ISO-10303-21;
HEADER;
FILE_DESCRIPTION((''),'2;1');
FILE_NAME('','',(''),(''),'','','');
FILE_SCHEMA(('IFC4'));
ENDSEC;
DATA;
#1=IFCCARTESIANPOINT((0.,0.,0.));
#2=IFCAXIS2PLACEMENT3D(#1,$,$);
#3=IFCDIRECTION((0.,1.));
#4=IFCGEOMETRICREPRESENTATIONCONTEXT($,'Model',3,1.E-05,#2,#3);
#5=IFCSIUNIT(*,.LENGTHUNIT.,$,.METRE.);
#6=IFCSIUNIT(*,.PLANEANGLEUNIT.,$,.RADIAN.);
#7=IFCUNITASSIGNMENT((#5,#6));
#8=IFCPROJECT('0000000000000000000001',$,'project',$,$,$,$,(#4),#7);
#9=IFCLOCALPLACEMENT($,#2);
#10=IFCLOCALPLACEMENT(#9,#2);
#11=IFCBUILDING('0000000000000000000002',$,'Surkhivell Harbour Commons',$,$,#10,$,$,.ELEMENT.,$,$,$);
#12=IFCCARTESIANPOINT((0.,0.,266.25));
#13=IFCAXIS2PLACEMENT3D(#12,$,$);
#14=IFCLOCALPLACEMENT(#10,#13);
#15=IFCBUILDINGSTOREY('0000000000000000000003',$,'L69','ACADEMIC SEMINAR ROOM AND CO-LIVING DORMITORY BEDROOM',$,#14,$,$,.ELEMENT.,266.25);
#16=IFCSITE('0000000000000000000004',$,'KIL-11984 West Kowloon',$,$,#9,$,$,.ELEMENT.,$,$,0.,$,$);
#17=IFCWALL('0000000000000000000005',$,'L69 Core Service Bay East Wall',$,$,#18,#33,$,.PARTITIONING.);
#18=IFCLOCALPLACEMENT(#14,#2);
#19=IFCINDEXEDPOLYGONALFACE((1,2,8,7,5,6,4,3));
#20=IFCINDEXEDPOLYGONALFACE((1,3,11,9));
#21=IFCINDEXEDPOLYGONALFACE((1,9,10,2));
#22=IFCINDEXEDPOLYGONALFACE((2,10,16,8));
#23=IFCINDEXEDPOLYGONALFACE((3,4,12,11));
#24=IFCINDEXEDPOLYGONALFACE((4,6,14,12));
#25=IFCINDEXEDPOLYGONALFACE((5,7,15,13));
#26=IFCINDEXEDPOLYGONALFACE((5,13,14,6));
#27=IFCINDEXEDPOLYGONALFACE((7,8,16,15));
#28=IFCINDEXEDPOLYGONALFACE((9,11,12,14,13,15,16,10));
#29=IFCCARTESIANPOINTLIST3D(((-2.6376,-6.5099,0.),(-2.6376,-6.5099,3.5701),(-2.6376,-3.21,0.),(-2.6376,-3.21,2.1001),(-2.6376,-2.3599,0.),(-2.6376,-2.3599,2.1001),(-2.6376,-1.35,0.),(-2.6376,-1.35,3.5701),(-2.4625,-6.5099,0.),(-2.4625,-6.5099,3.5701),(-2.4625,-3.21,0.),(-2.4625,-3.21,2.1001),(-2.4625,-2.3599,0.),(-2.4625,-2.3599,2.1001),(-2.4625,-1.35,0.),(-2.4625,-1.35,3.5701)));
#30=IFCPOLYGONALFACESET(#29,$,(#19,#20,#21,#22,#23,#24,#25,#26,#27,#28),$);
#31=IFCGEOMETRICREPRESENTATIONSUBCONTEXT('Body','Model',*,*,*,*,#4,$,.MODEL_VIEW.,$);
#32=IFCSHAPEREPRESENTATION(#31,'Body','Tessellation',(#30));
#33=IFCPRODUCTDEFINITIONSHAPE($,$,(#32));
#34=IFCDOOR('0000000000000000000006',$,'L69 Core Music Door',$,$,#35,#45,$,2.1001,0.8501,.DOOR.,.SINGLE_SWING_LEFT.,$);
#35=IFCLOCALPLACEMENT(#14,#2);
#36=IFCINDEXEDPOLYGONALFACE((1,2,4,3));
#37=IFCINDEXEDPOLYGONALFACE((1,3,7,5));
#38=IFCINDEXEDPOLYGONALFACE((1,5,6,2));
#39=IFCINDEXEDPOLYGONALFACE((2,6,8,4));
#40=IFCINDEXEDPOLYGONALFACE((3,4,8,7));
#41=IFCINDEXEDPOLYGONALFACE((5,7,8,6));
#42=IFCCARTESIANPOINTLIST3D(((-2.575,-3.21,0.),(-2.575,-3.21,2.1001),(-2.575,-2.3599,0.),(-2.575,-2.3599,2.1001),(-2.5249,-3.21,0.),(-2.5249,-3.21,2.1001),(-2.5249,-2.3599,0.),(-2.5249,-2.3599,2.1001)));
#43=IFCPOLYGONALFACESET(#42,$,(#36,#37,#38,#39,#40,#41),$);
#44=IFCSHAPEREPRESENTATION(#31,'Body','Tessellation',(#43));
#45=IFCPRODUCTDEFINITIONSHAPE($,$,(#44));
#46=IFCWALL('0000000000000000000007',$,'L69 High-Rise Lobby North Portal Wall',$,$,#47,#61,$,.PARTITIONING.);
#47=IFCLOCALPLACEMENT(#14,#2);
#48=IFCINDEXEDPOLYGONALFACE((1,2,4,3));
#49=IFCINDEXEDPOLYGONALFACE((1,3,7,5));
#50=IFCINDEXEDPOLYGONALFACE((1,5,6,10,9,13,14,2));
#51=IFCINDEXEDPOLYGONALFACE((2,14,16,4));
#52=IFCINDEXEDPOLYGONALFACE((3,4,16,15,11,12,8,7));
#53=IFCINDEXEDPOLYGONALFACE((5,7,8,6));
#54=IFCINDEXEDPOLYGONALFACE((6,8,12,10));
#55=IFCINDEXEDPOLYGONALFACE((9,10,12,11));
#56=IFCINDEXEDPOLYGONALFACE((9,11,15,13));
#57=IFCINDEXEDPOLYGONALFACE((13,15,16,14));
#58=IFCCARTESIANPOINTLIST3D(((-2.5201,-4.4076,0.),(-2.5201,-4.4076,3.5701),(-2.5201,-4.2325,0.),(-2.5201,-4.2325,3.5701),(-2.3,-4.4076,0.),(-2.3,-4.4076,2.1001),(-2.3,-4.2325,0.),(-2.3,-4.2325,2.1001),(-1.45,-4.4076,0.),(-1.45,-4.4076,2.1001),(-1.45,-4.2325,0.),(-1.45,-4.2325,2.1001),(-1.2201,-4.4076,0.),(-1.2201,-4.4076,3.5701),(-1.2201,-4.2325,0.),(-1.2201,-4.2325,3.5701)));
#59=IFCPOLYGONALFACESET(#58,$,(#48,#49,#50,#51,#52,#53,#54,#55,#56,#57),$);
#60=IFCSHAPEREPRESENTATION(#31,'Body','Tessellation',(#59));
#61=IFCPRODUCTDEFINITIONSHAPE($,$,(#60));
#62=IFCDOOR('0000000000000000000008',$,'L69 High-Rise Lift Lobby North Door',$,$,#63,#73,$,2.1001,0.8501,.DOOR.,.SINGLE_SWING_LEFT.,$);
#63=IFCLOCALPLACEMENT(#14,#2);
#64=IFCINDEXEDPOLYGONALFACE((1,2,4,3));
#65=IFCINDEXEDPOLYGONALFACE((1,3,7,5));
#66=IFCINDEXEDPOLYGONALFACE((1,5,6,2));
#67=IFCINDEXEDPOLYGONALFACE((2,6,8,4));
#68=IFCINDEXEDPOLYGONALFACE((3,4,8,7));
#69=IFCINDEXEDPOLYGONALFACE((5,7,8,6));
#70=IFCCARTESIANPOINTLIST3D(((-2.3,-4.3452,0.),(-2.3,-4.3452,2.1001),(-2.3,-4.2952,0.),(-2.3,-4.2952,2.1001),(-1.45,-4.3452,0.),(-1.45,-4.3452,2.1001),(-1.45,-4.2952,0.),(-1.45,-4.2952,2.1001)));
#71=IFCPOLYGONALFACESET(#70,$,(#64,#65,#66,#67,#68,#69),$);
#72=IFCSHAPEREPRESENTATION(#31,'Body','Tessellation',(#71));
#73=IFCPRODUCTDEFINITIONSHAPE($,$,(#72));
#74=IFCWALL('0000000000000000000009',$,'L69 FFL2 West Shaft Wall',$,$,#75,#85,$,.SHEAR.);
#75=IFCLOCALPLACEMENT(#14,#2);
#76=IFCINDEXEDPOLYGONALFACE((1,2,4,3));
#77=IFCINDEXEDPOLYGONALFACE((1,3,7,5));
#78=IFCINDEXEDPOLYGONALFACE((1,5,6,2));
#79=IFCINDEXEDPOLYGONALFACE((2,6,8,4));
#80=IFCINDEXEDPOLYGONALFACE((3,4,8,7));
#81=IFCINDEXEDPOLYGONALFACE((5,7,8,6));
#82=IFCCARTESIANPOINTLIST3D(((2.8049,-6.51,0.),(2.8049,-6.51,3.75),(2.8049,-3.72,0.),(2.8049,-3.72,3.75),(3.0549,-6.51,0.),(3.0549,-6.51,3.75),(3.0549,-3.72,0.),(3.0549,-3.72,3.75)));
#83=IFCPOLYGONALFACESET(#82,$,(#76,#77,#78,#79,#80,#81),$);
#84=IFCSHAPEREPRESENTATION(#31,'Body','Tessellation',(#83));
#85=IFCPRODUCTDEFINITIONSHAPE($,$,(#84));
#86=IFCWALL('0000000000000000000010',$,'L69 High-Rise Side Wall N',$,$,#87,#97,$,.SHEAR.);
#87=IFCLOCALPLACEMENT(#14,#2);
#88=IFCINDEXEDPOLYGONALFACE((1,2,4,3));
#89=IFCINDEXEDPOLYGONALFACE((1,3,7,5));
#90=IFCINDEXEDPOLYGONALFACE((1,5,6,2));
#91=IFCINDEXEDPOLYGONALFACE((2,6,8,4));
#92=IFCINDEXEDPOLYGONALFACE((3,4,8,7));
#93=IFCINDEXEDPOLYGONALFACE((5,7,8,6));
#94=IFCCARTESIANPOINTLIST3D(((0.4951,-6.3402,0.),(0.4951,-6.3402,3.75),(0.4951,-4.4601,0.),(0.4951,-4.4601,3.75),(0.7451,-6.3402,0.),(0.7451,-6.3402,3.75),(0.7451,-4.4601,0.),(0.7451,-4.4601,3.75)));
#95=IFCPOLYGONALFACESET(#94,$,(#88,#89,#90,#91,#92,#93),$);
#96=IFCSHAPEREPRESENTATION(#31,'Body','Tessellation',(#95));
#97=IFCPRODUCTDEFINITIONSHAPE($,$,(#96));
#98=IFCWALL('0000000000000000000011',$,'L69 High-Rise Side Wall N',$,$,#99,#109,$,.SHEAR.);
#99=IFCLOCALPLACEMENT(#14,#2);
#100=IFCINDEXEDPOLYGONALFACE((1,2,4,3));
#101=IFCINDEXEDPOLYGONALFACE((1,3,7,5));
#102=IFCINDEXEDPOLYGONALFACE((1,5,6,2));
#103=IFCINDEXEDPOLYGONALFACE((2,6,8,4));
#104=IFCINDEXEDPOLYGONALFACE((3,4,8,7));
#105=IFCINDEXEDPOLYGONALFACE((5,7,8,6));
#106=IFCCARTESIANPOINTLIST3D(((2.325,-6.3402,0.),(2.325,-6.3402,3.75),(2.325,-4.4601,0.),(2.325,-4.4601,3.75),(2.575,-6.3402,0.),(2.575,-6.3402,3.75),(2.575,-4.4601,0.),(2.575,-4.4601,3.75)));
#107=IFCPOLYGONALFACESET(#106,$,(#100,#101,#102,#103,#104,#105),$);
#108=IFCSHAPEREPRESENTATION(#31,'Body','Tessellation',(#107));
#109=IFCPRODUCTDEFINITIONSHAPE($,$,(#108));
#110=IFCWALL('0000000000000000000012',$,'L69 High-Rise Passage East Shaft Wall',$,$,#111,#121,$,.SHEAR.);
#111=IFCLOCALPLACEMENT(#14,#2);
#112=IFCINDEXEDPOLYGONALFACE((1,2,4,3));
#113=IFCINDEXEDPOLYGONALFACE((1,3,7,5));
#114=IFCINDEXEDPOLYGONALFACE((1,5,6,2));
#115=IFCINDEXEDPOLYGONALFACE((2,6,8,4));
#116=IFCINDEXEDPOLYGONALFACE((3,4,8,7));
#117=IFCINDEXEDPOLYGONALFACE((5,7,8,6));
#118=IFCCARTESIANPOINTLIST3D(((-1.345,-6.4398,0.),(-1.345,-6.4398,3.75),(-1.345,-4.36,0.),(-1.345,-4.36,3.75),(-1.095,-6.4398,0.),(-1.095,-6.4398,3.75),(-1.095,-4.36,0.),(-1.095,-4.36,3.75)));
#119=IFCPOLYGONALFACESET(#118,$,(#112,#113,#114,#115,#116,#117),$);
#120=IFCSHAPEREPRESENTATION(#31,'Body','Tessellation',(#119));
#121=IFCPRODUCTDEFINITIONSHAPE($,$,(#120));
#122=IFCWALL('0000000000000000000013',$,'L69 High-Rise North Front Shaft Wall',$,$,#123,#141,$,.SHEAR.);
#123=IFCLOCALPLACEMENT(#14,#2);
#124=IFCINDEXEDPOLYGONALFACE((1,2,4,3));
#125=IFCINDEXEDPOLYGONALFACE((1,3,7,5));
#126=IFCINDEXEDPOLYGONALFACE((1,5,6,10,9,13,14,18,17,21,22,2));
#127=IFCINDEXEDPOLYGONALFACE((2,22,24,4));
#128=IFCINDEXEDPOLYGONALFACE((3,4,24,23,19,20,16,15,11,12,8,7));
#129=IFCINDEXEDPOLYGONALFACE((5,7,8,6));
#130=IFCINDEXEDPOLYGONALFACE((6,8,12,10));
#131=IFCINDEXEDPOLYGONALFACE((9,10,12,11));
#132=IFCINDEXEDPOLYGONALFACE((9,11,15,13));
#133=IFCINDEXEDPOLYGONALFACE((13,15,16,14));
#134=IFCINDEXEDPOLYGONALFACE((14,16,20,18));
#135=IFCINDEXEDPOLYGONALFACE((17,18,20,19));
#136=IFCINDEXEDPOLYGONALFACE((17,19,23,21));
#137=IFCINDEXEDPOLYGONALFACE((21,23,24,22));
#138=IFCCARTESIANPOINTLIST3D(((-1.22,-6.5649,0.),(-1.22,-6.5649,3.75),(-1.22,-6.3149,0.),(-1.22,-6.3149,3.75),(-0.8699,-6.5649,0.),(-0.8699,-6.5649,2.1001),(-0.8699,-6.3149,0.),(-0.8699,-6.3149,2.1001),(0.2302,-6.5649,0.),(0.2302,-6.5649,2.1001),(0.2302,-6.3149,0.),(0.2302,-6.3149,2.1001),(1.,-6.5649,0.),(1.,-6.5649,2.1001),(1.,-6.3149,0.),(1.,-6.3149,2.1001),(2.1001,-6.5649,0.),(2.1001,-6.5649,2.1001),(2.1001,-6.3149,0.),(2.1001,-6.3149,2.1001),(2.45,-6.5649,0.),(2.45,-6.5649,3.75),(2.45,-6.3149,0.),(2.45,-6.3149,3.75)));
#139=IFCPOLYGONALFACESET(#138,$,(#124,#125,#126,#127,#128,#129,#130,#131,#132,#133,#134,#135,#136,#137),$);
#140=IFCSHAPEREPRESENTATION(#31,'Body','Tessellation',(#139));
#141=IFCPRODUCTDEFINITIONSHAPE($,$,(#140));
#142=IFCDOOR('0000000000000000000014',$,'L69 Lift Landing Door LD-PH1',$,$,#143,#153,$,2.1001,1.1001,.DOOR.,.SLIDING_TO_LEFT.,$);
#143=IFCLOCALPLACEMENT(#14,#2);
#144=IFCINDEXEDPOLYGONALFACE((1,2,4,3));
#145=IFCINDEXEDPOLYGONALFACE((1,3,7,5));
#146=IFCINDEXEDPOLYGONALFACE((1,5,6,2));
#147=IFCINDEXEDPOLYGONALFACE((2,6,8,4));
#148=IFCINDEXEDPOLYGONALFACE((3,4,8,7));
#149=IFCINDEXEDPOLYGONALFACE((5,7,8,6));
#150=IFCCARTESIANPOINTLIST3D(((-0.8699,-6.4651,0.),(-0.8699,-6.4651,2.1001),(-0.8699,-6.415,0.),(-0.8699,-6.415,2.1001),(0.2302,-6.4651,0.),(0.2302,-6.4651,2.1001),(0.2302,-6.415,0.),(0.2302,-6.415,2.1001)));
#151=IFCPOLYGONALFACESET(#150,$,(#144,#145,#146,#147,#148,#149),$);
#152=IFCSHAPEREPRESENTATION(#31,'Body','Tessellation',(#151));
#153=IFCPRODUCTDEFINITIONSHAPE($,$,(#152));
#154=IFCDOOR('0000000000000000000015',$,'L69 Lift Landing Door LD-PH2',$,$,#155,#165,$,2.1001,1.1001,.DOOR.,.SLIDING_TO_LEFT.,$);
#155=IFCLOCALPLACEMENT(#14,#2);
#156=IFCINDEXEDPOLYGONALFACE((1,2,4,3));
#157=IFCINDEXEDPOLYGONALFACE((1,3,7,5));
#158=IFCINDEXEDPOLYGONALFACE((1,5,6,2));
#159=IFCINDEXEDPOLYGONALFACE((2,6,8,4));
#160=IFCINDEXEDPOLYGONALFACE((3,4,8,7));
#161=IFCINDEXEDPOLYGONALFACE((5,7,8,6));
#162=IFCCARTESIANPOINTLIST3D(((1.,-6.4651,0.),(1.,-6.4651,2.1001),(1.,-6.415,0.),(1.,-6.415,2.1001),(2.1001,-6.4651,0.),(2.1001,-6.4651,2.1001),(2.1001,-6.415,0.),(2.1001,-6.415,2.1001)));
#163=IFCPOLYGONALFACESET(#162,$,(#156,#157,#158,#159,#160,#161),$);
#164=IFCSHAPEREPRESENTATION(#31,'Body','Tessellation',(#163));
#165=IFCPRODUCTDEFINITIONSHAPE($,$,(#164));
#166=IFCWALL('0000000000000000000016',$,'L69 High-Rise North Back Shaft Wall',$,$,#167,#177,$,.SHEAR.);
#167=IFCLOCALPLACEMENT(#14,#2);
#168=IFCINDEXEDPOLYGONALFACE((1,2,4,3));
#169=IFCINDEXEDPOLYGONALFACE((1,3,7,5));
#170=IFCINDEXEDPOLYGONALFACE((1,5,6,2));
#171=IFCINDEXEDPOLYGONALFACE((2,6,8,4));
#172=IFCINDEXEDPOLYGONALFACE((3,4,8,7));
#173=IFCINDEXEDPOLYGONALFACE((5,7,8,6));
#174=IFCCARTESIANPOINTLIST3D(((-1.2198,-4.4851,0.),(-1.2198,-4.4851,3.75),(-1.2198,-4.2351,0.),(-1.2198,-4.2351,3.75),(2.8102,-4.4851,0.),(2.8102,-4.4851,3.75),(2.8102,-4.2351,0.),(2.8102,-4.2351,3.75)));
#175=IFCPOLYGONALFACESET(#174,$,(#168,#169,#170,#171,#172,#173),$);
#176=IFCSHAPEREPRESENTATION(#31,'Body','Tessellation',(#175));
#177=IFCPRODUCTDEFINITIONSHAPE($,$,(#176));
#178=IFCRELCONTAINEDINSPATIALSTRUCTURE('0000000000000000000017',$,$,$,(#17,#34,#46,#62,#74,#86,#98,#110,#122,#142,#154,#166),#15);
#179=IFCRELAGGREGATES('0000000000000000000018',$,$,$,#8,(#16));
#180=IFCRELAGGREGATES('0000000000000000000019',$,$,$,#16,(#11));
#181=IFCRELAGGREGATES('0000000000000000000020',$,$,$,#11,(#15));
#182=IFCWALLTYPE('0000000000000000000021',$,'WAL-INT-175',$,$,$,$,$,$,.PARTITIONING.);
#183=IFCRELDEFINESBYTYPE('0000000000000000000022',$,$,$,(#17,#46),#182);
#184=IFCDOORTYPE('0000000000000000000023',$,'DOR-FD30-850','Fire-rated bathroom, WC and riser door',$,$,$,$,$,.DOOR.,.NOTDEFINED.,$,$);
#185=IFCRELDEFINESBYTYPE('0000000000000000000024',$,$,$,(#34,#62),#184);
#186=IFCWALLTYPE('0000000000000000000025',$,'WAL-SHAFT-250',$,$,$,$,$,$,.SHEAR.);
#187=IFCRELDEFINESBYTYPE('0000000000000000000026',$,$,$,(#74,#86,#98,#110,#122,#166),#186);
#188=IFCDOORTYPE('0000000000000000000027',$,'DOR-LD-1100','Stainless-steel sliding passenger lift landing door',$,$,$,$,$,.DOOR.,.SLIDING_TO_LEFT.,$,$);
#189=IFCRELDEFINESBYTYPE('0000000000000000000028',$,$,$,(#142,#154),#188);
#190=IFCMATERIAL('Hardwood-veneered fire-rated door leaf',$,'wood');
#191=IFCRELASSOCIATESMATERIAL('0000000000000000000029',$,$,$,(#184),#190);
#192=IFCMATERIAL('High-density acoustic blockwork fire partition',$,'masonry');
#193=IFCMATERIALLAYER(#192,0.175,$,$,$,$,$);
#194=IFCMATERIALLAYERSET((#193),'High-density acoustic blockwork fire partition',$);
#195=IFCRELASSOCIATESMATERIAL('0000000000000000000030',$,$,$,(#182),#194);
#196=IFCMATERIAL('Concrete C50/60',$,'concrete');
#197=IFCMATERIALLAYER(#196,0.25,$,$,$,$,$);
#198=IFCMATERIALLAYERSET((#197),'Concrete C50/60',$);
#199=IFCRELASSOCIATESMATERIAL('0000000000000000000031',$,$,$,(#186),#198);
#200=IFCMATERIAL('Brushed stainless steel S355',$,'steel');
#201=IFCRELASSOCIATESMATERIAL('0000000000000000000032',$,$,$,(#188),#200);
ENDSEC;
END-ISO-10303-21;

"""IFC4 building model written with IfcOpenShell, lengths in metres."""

from ifc_helpers import new_model, si_unit, direction, frame, frame_2d, origin, place, context, subcontext, project, spatial, rectangle, extrude, material, layer, layer_set, type_object, element, fill, save


model = new_model("IFC4")

# Units and contexts
model_context = context("Model", 3, precision=1e-05, world=origin(), true_north=direction((0.0, 1.0)))
body_context = subcontext(model_context, "Body", "Model", "MODEL_VIEW")
ifc_project = project(units=[si_unit("LENGTHUNIT", "METRE"), si_unit("PLANEANGLEUNIT", "RADIAN")], contexts=[model_context])

# Site, building, storey
site_placement = place(None, origin())
site = spatial("IfcSite", under=ifc_project, at=site_placement, Name="KIL-11984 West Kowloon", CompositionType="ELEMENT", RefElevation=0.0)
building_placement = place(site_placement, origin())
building = spatial("IfcBuilding", under=site, at=building_placement, Name="Surkhivell Harbour Commons", CompositionType="ELEMENT")
storey_placement = place(building_placement, frame((0.0, 0.0, 266.25)))
storey = spatial("IfcBuildingStorey", under=building, at=storey_placement, Name="L69", Description="ACADEMIC SEMINAR ROOM AND CO-LIVING DORMITORY BEDROOM", CompositionType="ELEMENT", Elevation=266.25)

# Walls, openings, doors
ifc_material_1 = material(Name="Hardwood-veneered fire-rated door leaf", Category="wood")
door_type_1 = type_object("IfcDoorType", Name="DOR-FD30-850", Description="Fire-rated bathroom, WC and riser door", OperationType="NOTDEFINED", PredefinedType="DOOR", material=ifc_material_1)
ifc_material_2 = material(Name="High-density acoustic blockwork fire partition", Category="masonry")
ifc_layer_1 = layer(ifc_material_2, 0.175)
ifc_layer_set_1 = layer_set([ifc_layer_1], Name="High-density acoustic blockwork fire partition")
wall_type_1 = type_object("IfcWallType", Name="WAL-INT-175", PredefinedType="PARTITIONING", material=ifc_layer_set_1)
wall_1_placement = place(storey_placement, frame((-2.55, -6.51, 0.0), z_axis=(0.0, 0.0, 1.0), x_axis=(0.0, 1.0, 0.0)))
wall_1 = element("IfcWall", 1, at=wall_1_placement, inside=storey, type_object=wall_type_1, Name="L69 Core Service Bay East Wall", PredefinedType="PARTITIONING", context=body_context, shape_type="SweptSolid", body=[
    extrude(rectangle(XDim=5.1599, YDim=0.175, at=frame_2d((2.5801, 0.0))), origin(), (0.0, 0.0, 1.0), 3.5701),
])
opening_1_placement = place(wall_1_placement, frame((3.3, 0.0, 0.0)))
opening_1 = element("IfcOpeningElement", 2, at=opening_1_placement, cuts=wall_1, PredefinedType="OPENING", context=body_context, shape_type="SweptSolid", body=[
    extrude(rectangle(XDim=0.8501, YDim=2.1001, at=frame_2d((0.425, 1.05))), frame((0.0, 0.0974, 0.0), z_axis=(0.0, -1.0, 0.0), x_axis=(1.0, 0.0, 0.0)), (0.0, 0.0, 1.0), 0.1951),
])
door_1_placement = place(opening_1_placement, origin())
door_1 = element("IfcDoor", 3, at=door_1_placement, inside=storey, type_object=door_type_1, Name="L69 Core Music Door", OperationType="SINGLE_SWING_LEFT", OverallHeight=2.1001, OverallWidth=0.8501, PredefinedType="DOOR", context=body_context, shape_type="SweptSolid", body=[
    extrude(rectangle(XDim=0.8501, YDim=2.1001, at=frame_2d((0.425, 1.05))), frame((0.0, 0.0249, 0.0), z_axis=(0.0, -1.0, 0.0), x_axis=(1.0, 0.0, 0.0)), (0.0, 0.0, 1.0), 0.05),
])
fill(opening_1, door_1)
wall_2_placement = place(storey_placement, frame((-2.52, -4.3201, 0.0), z_axis=(0.0, 0.0, 1.0), x_axis=(1.0, 0.0, 0.0)))
wall_2 = element("IfcWall", 4, at=wall_2_placement, inside=storey, type_object=wall_type_1, Name="L69 High-Rise Lobby North Portal Wall", PredefinedType="PARTITIONING", context=body_context, shape_type="SweptSolid", body=[
    extrude(rectangle(XDim=1.3, YDim=0.175, at=frame_2d((0.6499, 0.0))), origin(), (0.0, 0.0, 1.0), 3.5701),
])
opening_2_placement = place(wall_2_placement, frame((0.22, 0.0, 0.0)))
opening_2 = element("IfcOpeningElement", 5, at=opening_2_placement, cuts=wall_2, PredefinedType="OPENING", context=body_context, shape_type="SweptSolid", body=[
    extrude(rectangle(XDim=0.8501, YDim=2.1001, at=frame_2d((0.425, 1.05))), frame((0.0, 0.0974, 0.0), z_axis=(0.0, -1.0, 0.0), x_axis=(1.0, 0.0, 0.0)), (0.0, 0.0, 1.0), 0.1951),
])
door_2_placement = place(opening_2_placement, origin())
door_2 = element("IfcDoor", 6, at=door_2_placement, inside=storey, type_object=door_type_1, Name="L69 High-Rise Lift Lobby North Door", OperationType="SINGLE_SWING_LEFT", OverallHeight=2.1001, OverallWidth=0.8501, PredefinedType="DOOR", context=body_context, shape_type="SweptSolid", body=[
    extrude(rectangle(XDim=0.8501, YDim=2.1001, at=frame_2d((0.425, 1.05))), frame((0.0, 0.0249, 0.0), z_axis=(0.0, -1.0, 0.0), x_axis=(1.0, 0.0, 0.0)), (0.0, 0.0, 1.0), 0.05),
])
fill(opening_2, door_2)

# Walls
ifc_material_3 = material(Name="Concrete C50/60", Category="concrete")
ifc_layer_2 = layer(ifc_material_3, 0.25)
ifc_layer_set_2 = layer_set([ifc_layer_2], Name="Concrete C50/60")
wall_type_2 = type_object("IfcWallType", Name="WAL-SHAFT-250", PredefinedType="SHEAR", material=ifc_layer_set_2)
wall_3_placement = place(storey_placement, frame((2.9299, -6.51, 0.0), z_axis=(0.0, 0.0, 1.0), x_axis=(0.0, 1.0, 0.0)))
element("IfcWall", 7, at=wall_3_placement, inside=storey, type_object=wall_type_2, Name="L69 FFL2 West Shaft Wall", PredefinedType="SHEAR", context=body_context, shape_type="SweptSolid", body=[
    extrude(rectangle(XDim=2.79, YDim=0.25, at=frame_2d((1.395, 0.0))), origin(), (0.0, 0.0, 1.0), 3.75),
])
for number, where, z_axis, x_axis, name in (
    (8, (0.6201, -6.3401, 0.0), (0.0, 0.0, 1.0), (0.0, 1.0, 0.0), "L69 High-Rise Side Wall N"),
    (9, (2.45, -6.3401, 0.0), (0.0, 0.0, 1.0), (0.0, 1.0, 0.0), "L69 High-Rise Side Wall N"),
):
    element("IfcWall", number, at=place(storey_placement, frame(where, z_axis=z_axis, x_axis=x_axis)), inside=storey, type_object=wall_type_2, Name=name, PredefinedType="SHEAR", context=body_context, shape_type="SweptSolid", body=[
        extrude(rectangle(XDim=1.8801, YDim=0.25, at=frame_2d((0.9399, 0.0))), origin(), (0.0, 0.0, 1.0), 3.75),
    ])
wall_4_placement = place(storey_placement, frame((-1.22, -6.4399, 0.0), z_axis=(0.0, 0.0, 1.0), x_axis=(0.0, 1.0, 0.0)))
element("IfcWall", 10, at=wall_4_placement, inside=storey, type_object=wall_type_2, Name="L69 High-Rise Passage East Shaft Wall", PredefinedType="SHEAR", context=body_context, shape_type="SweptSolid", body=[
    extrude(rectangle(XDim=2.0798, YDim=0.25, at=frame_2d((1.04, 0.0))), origin(), (0.0, 0.0, 1.0), 3.75),
])

# Wall, openings, doors
wall_5_placement = place(storey_placement, frame((-1.22, -6.4399, 0.0), z_axis=(0.0, 0.0, 1.0), x_axis=(1.0, 0.0, 0.0)))
wall_5 = element("IfcWall", 11, at=wall_5_placement, inside=storey, type_object=wall_type_2, Name="L69 High-Rise North Front Shaft Wall", PredefinedType="SHEAR", context=body_context, shape_type="SweptSolid", body=[
    extrude(rectangle(XDim=3.6699, YDim=0.25, at=frame_2d((1.835, 0.0))), origin(), (0.0, 0.0, 1.0), 3.75),
])
opening_3_placement = place(wall_5_placement, frame((0.3501, 0.0, 0.0)))
opening_3 = element("IfcOpeningElement", 12, at=opening_3_placement, cuts=wall_5, PredefinedType="OPENING", context=body_context, shape_type="SweptSolid", body=[
    extrude(rectangle(XDim=1.1001, YDim=2.1001, at=frame_2d((0.55, 1.05))), frame((0.0, 0.135, 0.0), z_axis=(0.0, -1.0, 0.0), x_axis=(1.0, 0.0, 0.0)), (0.0, 0.0, 1.0), 0.27),
])
opening_4_placement = place(wall_5_placement, frame((2.22, 0.0, 0.0)))
opening_4 = element("IfcOpeningElement", 13, at=opening_4_placement, cuts=wall_5, PredefinedType="OPENING", context=body_context, shape_type="SweptSolid", body=[
    extrude(rectangle(XDim=1.1001, YDim=2.1001, at=frame_2d((0.55, 1.05))), frame((0.0, 0.135, 0.0), z_axis=(0.0, -1.0, 0.0), x_axis=(1.0, 0.0, 0.0)), (0.0, 0.0, 1.0), 0.27),
])
ifc_material_4 = material(Name="Brushed stainless steel S355", Category="steel")
door_type_2 = type_object("IfcDoorType", Name="DOR-LD-1100", Description="Stainless-steel sliding passenger lift landing door", OperationType="SLIDING_TO_LEFT", PredefinedType="DOOR", material=ifc_material_4)
door_3_placement = place(opening_3_placement, origin())
door_3 = element("IfcDoor", 14, at=door_3_placement, inside=storey, type_object=door_type_2, Name="L69 Lift Landing Door LD-PH1", OperationType="SLIDING_TO_LEFT", OverallHeight=2.1001, OverallWidth=1.1001, PredefinedType="DOOR", context=body_context, shape_type="SweptSolid", body=[
    extrude(rectangle(XDim=1.1001, YDim=2.1001, at=frame_2d((0.55, 1.05))), frame((0.0, 0.0249, 0.0), z_axis=(0.0, -1.0, 0.0), x_axis=(1.0, 0.0, 0.0)), (0.0, 0.0, 1.0), 0.05),
])
fill(opening_3, door_3)
door_4_placement = place(opening_4_placement, origin())
door_4 = element("IfcDoor", 15, at=door_4_placement, inside=storey, type_object=door_type_2, Name="L69 Lift Landing Door LD-PH2", OperationType="SLIDING_TO_LEFT", OverallHeight=2.1001, OverallWidth=1.1001, PredefinedType="DOOR", context=body_context, shape_type="SweptSolid", body=[
    extrude(rectangle(XDim=1.1001, YDim=2.1001, at=frame_2d((0.55, 1.05))), frame((0.0, 0.0249, 0.0), z_axis=(0.0, -1.0, 0.0), x_axis=(1.0, 0.0, 0.0)), (0.0, 0.0, 1.0), 0.05),
])
fill(opening_4, door_4)

# Wall
wall_6_placement = place(storey_placement, frame((-1.22, -4.3601, 0.0), z_axis=(0.0, 0.0, 1.0), x_axis=(1.0, 0.0, 0.0)))
element("IfcWall", 16, at=wall_6_placement, inside=storey, type_object=wall_type_2, Name="L69 High-Rise North Back Shaft Wall", PredefinedType="SHEAR", context=body_context, shape_type="SweptSolid", body=[
    extrude(rectangle(XDim=4.03, YDim=0.25, at=frame_2d((2.0151, 0.0))), origin(), (0.0, 0.0, 1.0), 3.75),
])

save(model, "model.ifc")
